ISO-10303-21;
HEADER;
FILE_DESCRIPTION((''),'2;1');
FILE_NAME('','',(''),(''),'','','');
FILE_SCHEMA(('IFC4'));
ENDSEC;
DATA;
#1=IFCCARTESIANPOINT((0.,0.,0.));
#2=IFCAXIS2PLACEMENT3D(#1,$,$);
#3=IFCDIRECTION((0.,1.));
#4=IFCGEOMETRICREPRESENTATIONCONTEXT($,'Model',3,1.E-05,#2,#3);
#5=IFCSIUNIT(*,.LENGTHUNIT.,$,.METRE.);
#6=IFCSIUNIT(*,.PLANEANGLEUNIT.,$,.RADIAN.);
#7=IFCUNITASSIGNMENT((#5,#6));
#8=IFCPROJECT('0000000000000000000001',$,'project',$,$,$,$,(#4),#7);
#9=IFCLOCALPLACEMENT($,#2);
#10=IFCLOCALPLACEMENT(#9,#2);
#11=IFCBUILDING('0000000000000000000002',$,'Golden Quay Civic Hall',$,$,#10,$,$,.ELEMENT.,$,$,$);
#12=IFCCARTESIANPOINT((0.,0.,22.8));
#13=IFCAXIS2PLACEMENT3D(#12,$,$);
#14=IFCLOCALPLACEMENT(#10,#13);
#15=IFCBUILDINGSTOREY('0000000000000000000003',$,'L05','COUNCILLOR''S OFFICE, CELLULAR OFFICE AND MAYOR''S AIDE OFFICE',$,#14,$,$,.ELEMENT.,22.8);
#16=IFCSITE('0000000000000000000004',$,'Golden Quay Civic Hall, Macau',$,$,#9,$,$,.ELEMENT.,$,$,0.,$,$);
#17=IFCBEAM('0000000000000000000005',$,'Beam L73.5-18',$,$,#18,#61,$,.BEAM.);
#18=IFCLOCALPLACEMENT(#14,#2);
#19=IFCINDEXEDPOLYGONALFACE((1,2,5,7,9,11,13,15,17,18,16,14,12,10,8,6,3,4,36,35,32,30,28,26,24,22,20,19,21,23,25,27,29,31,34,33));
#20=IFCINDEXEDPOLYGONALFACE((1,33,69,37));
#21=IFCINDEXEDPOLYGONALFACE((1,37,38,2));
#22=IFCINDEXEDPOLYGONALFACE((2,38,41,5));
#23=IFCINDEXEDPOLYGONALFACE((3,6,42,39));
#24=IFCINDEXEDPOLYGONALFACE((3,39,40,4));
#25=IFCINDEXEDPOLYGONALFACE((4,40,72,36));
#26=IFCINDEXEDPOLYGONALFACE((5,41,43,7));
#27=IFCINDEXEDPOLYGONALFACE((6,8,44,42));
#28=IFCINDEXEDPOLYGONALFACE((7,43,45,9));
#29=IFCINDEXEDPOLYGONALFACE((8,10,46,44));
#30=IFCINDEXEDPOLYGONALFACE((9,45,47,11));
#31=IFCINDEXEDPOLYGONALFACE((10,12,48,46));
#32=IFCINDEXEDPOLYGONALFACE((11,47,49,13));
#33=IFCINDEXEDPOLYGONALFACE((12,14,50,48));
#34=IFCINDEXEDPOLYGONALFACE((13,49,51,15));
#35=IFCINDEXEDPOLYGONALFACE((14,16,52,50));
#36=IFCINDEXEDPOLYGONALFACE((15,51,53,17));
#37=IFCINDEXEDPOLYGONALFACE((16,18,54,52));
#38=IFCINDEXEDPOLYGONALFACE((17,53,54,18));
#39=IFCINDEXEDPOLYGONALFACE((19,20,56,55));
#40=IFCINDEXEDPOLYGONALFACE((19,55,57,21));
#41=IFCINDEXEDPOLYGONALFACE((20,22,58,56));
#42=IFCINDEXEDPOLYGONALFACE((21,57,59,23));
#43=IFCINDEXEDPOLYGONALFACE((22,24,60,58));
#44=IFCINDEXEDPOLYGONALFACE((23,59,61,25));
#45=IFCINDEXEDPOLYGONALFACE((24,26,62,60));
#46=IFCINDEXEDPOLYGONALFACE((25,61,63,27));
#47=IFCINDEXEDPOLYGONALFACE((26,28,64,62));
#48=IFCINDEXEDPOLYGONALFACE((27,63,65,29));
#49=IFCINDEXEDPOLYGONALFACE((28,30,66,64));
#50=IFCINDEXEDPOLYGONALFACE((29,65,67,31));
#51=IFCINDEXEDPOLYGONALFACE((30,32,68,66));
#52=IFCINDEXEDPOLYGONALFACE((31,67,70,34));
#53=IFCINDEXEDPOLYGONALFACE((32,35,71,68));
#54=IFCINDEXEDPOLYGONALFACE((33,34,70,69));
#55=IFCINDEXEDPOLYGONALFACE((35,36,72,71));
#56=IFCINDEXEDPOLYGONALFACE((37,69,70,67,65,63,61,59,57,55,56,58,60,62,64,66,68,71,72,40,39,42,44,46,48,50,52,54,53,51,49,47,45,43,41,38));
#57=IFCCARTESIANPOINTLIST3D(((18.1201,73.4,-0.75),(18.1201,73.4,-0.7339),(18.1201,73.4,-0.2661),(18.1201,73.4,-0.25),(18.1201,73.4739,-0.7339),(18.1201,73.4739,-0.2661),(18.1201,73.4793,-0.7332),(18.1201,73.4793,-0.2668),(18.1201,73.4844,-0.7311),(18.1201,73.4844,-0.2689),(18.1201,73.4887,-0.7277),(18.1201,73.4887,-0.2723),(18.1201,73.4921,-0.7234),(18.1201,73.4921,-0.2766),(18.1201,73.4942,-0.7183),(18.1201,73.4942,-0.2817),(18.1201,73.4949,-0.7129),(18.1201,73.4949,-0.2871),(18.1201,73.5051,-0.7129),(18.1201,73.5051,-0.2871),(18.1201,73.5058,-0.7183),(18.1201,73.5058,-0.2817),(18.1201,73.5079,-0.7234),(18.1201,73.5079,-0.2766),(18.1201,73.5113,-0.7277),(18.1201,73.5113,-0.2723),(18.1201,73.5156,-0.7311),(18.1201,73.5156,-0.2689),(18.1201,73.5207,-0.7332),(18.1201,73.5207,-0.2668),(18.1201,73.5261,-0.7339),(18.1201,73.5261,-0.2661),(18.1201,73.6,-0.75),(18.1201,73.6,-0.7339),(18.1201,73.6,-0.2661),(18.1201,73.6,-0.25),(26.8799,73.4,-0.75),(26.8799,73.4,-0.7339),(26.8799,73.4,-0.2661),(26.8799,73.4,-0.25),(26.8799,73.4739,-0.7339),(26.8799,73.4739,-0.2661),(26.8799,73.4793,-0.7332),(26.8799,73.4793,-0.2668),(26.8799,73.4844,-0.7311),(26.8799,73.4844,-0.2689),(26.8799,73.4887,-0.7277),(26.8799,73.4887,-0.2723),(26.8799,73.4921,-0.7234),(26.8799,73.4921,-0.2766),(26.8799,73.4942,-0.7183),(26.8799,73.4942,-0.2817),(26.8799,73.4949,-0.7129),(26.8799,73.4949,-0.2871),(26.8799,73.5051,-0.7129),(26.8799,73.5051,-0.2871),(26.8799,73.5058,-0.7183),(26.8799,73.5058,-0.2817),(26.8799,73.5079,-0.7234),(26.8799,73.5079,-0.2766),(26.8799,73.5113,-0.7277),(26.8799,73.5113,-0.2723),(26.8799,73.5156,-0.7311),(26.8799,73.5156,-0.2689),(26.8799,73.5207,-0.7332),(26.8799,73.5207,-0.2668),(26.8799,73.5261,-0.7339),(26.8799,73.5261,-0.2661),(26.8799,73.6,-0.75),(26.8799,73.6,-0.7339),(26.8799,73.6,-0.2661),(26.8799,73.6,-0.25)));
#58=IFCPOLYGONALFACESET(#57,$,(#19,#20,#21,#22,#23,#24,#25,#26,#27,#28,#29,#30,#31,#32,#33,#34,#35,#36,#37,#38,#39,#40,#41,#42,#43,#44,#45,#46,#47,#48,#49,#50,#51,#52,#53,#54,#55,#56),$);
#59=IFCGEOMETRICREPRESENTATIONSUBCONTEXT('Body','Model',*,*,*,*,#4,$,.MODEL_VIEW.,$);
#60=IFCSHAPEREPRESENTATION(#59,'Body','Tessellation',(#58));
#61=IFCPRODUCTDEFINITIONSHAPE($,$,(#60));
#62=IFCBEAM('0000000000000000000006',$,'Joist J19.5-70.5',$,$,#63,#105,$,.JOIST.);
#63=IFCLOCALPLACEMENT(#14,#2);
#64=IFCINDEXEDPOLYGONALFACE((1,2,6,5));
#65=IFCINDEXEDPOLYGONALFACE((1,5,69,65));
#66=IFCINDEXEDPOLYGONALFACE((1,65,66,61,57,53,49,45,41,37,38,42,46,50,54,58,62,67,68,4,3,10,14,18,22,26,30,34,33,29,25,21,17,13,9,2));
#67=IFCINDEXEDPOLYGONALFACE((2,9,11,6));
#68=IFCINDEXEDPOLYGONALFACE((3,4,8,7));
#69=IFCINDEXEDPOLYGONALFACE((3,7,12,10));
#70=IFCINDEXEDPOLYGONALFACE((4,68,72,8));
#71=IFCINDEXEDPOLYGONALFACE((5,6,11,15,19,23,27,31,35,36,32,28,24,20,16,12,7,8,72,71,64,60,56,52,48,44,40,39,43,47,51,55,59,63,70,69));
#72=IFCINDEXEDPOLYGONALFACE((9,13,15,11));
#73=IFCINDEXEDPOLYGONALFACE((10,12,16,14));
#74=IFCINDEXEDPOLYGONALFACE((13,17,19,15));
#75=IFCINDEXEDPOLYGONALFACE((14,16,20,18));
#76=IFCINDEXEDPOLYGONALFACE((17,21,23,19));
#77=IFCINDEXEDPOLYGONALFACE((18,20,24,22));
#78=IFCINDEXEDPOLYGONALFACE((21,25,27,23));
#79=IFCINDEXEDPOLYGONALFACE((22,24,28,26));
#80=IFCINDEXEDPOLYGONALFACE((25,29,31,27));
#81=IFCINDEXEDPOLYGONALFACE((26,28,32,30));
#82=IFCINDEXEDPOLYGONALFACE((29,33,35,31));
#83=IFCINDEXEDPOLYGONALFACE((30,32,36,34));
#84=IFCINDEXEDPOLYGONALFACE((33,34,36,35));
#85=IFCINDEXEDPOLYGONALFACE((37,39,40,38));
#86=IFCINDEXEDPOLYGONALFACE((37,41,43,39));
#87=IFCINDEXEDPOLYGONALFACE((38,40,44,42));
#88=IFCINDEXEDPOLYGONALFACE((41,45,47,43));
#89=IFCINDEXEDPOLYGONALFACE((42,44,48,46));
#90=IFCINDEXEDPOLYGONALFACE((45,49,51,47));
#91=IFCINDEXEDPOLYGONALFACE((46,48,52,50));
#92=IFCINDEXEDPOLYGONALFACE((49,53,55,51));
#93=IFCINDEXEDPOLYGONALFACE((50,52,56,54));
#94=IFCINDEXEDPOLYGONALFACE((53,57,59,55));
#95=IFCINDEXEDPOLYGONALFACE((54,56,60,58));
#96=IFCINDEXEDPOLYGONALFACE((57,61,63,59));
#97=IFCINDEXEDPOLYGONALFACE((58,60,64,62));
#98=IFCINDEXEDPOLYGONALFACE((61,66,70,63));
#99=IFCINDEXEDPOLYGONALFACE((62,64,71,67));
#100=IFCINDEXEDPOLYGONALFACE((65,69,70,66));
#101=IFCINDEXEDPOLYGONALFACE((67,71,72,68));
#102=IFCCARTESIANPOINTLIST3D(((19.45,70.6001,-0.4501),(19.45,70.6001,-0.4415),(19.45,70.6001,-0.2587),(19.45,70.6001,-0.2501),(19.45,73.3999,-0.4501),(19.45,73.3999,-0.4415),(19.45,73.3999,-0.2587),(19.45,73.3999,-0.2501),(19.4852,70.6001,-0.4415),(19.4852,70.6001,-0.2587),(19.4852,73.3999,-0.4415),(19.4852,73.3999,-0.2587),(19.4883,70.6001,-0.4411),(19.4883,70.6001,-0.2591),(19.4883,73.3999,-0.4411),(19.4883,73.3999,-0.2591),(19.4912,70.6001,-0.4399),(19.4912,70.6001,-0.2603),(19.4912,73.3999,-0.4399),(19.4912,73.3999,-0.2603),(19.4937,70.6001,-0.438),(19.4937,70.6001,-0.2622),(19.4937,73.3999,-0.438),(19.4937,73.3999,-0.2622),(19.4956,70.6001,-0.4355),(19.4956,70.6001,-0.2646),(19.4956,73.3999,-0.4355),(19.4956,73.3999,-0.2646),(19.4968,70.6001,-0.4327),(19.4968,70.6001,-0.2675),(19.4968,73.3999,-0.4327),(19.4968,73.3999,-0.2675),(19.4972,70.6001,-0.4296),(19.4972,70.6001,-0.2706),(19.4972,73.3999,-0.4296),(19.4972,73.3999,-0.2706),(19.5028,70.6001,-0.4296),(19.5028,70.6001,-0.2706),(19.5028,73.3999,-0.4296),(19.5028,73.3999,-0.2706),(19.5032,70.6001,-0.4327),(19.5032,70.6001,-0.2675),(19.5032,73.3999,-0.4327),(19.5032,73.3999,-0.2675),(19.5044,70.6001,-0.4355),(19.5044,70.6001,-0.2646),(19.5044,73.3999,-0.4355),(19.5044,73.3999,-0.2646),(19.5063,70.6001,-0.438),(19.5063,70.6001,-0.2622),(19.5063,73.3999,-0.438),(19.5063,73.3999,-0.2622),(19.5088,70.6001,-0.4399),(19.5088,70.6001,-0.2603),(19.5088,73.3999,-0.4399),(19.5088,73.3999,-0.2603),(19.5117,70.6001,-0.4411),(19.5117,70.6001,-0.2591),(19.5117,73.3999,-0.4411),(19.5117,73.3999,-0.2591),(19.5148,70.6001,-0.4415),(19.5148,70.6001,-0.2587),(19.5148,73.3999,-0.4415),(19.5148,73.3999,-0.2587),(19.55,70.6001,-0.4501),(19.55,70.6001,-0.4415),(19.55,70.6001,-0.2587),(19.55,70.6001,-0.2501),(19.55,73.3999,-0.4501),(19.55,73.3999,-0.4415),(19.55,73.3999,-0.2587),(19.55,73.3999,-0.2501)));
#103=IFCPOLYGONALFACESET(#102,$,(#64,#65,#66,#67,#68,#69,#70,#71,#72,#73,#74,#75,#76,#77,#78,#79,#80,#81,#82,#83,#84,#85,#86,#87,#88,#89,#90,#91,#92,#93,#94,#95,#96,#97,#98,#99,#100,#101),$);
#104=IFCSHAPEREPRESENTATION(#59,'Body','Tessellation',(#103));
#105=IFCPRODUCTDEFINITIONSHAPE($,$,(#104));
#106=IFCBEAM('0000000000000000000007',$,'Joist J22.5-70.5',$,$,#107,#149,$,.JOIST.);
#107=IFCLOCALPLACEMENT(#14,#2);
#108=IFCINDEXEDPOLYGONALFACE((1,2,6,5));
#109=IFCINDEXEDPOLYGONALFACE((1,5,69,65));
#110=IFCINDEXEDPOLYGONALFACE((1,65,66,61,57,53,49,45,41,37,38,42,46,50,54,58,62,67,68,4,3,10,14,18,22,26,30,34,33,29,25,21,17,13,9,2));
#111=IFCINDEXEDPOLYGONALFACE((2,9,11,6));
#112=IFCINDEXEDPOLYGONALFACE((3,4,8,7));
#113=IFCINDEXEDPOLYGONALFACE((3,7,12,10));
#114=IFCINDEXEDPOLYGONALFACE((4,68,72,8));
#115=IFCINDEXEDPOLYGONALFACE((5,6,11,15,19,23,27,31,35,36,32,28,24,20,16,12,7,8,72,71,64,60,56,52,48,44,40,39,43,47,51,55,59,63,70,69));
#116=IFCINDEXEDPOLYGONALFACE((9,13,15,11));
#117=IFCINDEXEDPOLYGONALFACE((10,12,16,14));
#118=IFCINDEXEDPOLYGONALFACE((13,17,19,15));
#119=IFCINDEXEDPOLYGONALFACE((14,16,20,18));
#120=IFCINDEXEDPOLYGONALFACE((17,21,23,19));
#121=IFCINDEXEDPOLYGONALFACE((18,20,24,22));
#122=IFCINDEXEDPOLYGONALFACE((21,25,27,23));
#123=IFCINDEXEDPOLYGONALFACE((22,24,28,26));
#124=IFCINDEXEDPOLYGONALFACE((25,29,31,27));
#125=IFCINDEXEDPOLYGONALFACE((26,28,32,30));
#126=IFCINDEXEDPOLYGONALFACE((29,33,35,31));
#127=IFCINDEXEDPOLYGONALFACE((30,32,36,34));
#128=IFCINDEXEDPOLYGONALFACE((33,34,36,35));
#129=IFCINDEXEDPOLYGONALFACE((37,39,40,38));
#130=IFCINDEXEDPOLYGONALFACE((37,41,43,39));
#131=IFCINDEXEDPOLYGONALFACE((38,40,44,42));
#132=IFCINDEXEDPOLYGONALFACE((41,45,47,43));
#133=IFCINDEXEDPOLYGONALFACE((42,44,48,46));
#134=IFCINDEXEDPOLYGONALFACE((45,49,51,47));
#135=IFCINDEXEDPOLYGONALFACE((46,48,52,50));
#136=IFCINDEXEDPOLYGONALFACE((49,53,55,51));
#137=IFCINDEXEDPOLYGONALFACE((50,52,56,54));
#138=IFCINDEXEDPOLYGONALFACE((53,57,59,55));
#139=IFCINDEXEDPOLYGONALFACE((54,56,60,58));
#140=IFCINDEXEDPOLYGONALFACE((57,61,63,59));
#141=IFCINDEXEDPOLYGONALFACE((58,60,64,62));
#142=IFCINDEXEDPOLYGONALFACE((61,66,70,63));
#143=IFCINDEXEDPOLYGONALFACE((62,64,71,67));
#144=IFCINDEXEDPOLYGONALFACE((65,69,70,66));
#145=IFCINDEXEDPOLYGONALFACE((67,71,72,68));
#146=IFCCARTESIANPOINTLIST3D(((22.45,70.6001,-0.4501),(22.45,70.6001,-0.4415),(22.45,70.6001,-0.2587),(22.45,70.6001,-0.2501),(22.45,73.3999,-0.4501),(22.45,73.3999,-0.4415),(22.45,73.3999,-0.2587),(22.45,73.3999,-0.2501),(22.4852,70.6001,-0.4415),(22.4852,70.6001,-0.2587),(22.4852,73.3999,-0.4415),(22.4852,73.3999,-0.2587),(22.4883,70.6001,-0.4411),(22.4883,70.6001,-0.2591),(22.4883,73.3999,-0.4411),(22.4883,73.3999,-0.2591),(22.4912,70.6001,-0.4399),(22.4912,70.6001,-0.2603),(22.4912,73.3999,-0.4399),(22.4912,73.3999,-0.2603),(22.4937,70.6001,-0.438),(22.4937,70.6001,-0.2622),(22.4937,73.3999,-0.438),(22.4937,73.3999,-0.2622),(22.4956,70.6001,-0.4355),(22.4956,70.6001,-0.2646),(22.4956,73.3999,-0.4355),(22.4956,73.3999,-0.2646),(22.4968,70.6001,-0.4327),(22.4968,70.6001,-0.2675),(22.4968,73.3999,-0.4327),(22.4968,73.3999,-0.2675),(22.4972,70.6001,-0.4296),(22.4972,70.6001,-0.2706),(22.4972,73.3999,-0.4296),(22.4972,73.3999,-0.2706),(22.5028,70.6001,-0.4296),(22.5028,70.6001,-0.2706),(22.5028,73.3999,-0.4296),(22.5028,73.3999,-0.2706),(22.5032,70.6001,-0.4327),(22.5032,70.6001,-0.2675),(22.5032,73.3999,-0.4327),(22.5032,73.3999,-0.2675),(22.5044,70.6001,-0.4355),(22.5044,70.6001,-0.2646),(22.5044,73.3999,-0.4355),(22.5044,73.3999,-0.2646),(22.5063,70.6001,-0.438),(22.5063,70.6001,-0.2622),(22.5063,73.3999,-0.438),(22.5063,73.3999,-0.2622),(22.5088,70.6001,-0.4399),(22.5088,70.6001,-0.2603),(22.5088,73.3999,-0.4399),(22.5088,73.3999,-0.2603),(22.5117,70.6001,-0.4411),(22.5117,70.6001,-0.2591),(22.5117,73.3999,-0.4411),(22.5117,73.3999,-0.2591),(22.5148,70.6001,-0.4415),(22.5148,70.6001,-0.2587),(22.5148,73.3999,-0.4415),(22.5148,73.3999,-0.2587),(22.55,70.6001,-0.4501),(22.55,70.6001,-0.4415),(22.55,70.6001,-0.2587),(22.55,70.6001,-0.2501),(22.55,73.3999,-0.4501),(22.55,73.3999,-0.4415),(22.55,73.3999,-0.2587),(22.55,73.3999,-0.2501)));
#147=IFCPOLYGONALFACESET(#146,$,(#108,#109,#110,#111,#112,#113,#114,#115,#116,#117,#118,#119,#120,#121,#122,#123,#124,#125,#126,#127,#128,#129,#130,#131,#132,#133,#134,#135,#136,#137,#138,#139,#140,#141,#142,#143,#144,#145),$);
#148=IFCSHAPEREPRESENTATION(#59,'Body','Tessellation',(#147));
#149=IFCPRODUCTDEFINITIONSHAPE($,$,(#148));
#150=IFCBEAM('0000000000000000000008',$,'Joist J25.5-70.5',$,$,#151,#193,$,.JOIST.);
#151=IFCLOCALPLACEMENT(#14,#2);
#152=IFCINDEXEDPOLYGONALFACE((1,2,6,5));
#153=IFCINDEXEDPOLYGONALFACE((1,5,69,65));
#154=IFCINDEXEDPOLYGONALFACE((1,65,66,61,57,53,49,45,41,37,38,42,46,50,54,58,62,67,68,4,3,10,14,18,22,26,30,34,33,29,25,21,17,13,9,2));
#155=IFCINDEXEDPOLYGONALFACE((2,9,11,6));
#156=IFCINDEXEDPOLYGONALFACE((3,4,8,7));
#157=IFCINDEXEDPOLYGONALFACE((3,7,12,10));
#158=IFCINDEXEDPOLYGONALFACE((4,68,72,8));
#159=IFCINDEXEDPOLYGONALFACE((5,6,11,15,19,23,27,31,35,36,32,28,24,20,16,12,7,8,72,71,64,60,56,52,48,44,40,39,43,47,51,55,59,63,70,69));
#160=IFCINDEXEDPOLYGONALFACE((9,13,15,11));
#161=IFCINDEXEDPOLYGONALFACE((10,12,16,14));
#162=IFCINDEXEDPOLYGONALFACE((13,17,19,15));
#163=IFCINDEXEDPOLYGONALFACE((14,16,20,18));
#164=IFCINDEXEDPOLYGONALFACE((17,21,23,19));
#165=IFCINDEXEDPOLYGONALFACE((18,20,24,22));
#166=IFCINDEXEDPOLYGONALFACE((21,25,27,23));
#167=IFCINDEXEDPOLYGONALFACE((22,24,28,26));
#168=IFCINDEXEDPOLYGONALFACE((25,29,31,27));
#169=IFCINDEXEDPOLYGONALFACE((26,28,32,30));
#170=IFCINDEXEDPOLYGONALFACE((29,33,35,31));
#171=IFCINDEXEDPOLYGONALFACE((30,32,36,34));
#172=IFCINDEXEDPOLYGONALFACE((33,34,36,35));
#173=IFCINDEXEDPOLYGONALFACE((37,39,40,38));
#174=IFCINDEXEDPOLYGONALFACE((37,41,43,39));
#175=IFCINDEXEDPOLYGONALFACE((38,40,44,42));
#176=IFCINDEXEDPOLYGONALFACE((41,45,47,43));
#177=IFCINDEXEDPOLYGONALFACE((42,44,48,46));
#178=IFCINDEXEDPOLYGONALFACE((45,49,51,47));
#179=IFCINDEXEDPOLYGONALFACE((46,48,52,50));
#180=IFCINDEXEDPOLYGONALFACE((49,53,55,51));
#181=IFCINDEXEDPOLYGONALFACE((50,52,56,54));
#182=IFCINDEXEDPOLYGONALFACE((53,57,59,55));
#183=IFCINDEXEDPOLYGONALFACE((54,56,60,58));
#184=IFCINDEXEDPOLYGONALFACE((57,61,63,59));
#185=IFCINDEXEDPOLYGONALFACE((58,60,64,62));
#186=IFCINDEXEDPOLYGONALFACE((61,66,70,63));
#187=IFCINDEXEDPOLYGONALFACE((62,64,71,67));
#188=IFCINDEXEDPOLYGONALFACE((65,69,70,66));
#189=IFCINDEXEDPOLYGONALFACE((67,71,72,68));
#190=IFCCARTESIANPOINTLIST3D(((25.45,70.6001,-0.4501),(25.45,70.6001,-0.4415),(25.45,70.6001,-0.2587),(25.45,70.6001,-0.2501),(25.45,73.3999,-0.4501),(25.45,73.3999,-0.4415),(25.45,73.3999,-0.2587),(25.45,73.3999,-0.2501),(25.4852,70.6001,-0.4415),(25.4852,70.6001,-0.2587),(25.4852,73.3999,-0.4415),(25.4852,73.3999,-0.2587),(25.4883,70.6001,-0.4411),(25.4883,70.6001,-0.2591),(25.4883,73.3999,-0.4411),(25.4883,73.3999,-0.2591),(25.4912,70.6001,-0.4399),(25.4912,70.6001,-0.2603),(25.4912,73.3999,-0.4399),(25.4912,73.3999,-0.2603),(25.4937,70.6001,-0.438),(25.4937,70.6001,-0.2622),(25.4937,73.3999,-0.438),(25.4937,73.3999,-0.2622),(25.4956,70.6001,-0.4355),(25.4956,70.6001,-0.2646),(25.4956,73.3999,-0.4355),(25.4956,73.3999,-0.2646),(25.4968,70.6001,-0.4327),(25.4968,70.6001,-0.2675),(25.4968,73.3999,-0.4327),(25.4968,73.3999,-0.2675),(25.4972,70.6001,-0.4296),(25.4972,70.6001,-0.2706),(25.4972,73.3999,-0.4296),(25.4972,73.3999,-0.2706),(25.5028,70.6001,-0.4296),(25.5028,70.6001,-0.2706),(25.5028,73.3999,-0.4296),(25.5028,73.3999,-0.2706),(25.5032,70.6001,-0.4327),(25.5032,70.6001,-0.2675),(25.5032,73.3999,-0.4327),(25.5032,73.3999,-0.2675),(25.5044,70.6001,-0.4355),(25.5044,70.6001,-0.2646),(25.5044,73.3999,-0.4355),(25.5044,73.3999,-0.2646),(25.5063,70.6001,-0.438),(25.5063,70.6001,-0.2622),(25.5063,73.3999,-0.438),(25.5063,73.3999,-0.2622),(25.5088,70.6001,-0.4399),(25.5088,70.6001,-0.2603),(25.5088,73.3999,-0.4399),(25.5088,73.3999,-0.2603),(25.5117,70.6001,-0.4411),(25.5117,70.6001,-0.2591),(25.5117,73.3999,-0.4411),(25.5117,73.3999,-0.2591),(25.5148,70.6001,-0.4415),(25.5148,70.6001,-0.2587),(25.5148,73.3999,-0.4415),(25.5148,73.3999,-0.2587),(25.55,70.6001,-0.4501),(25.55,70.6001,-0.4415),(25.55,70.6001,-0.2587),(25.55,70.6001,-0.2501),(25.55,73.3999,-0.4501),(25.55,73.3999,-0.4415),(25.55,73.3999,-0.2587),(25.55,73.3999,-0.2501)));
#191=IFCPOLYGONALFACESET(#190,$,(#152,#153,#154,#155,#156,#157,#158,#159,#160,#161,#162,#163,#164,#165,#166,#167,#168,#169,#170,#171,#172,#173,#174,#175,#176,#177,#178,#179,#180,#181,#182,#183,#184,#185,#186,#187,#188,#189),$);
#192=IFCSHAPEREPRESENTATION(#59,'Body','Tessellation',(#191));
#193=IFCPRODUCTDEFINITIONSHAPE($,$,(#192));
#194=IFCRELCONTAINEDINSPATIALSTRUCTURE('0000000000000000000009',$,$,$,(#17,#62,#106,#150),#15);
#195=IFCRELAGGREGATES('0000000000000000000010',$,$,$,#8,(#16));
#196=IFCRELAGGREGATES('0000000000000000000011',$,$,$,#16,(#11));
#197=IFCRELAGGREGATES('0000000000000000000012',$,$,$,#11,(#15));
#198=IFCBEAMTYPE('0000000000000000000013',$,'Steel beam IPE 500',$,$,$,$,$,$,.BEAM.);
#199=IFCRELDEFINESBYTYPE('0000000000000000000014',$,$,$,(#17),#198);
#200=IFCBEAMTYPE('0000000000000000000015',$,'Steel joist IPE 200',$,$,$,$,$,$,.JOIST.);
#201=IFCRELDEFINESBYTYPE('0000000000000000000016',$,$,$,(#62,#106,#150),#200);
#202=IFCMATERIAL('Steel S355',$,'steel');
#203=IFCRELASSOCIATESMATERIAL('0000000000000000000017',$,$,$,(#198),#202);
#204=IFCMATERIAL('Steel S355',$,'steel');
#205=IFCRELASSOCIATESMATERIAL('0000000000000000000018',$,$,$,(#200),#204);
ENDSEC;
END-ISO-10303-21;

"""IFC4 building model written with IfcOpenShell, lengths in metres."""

from ifc_helpers import new_model, si_unit, direction, frame, origin, origin_2d, place, context, subcontext, project, spatial, i_section, extrude, material, material_profile, profile_set, type_object, element, save


model = new_model("IFC4")

# Units and contexts
model_context = context("Model", 3, precision=1e-05, world=origin(), true_north=direction((0.0, 1.0)))
body_context = subcontext(model_context, "Body", "Model", "MODEL_VIEW")
ifc_project = project(units=[si_unit("LENGTHUNIT", "METRE"), si_unit("PLANEANGLEUNIT", "RADIAN")], contexts=[model_context])

# Site, building, storey
site_placement = place(None, origin())
site = spatial("IfcSite", under=ifc_project, at=site_placement, Name="Golden Quay Civic Hall, Macau", CompositionType="ELEMENT", RefElevation=0.0)
building_placement = place(site_placement, origin())
building = spatial("IfcBuilding", under=site, at=building_placement, Name="Golden Quay Civic Hall", CompositionType="ELEMENT")
storey_placement = place(building_placement, frame((0.0, 0.0, 22.8)))
storey = spatial("IfcBuildingStorey", under=building, at=storey_placement, Name="L05", Description="COUNCILLOR'S OFFICE, CELLULAR OFFICE AND MAYOR'S AIDE OFFICE", CompositionType="ELEMENT", Elevation=22.8)

# Beams
ifc_material_1 = material(Name="Steel S355", Category="steel")
ifc_material_profile_1 = material_profile(ifc_material_1, i_section(OverallWidth=0.2, OverallDepth=0.5, WebThickness=0.0103, FlangeThickness=0.0161, FilletRadius=0.021, at=origin_2d()), Name="IPE 500")
ifc_profile_set_1 = profile_set([ifc_material_profile_1], Name="Steel S355")
beam_type_1 = type_object("IfcBeamType", Name="Steel beam IPE 500", PredefinedType="BEAM", material=ifc_profile_set_1)
for number, where, z_axis, x_axis, name in (
    (1, (18.1201, 73.5, -0.5), (1.0, 0.0, 0.0), (0.0, 1.0, 0.0), "Beam L73.5-18"),
):
    element("IfcBeam", number, at=place(storey_placement, frame(where, z_axis=z_axis, x_axis=x_axis)), inside=storey, type_object=beam_type_1, Name=name, PredefinedType="BEAM", context=body_context, shape_type="SweptSolid", body=[
        extrude(i_section(OverallWidth=0.2, OverallDepth=0.5, WebThickness=0.0103, FlangeThickness=0.0161, FilletRadius=0.021, at=origin_2d()), origin(), (0.0, 0.0, 1.0), 8.7598),
    ])
ifc_material_2 = material(Name="Steel S355", Category="steel")
ifc_material_profile_2 = material_profile(ifc_material_2, i_section(OverallWidth=0.1001, OverallDepth=0.2, WebThickness=0.0056, FlangeThickness=0.0085, FilletRadius=0.012, at=origin_2d()), Name="IPE 200")
ifc_profile_set_2 = profile_set([ifc_material_profile_2], Name="Steel S355")
beam_type_2 = type_object("IfcBeamType", Name="Steel joist IPE 200", PredefinedType="JOIST", material=ifc_profile_set_2)
for number, where, z_axis, x_axis, name in (
    (2, (19.5, 70.6001, -0.3501), (0.0, 1.0, 0.0), (-1.0, 0.0, 0.0), "Joist J19.5-70.5"),
    (3, (22.5, 70.6001, -0.3501), (0.0, 1.0, 0.0), (-1.0, 0.0, 0.0), "Joist J22.5-70.5"),
    (4, (25.5, 70.6001, -0.3501), (0.0, 1.0, 0.0), (-1.0, 0.0, 0.0), "Joist J25.5-70.5"),
):
    element("IfcBeam", number, at=place(storey_placement, frame(where, z_axis=z_axis, x_axis=x_axis)), inside=storey, type_object=beam_type_2, Name=name, PredefinedType="JOIST", context=body_context, shape_type="SweptSolid", body=[
        extrude(i_section(OverallWidth=0.1001, OverallDepth=0.2, WebThickness=0.0056, FlangeThickness=0.0085, FilletRadius=0.012, at=origin_2d()), origin(), (0.0, 0.0, 1.0), 2.7998),
    ])

save(model, "model.ifc")
